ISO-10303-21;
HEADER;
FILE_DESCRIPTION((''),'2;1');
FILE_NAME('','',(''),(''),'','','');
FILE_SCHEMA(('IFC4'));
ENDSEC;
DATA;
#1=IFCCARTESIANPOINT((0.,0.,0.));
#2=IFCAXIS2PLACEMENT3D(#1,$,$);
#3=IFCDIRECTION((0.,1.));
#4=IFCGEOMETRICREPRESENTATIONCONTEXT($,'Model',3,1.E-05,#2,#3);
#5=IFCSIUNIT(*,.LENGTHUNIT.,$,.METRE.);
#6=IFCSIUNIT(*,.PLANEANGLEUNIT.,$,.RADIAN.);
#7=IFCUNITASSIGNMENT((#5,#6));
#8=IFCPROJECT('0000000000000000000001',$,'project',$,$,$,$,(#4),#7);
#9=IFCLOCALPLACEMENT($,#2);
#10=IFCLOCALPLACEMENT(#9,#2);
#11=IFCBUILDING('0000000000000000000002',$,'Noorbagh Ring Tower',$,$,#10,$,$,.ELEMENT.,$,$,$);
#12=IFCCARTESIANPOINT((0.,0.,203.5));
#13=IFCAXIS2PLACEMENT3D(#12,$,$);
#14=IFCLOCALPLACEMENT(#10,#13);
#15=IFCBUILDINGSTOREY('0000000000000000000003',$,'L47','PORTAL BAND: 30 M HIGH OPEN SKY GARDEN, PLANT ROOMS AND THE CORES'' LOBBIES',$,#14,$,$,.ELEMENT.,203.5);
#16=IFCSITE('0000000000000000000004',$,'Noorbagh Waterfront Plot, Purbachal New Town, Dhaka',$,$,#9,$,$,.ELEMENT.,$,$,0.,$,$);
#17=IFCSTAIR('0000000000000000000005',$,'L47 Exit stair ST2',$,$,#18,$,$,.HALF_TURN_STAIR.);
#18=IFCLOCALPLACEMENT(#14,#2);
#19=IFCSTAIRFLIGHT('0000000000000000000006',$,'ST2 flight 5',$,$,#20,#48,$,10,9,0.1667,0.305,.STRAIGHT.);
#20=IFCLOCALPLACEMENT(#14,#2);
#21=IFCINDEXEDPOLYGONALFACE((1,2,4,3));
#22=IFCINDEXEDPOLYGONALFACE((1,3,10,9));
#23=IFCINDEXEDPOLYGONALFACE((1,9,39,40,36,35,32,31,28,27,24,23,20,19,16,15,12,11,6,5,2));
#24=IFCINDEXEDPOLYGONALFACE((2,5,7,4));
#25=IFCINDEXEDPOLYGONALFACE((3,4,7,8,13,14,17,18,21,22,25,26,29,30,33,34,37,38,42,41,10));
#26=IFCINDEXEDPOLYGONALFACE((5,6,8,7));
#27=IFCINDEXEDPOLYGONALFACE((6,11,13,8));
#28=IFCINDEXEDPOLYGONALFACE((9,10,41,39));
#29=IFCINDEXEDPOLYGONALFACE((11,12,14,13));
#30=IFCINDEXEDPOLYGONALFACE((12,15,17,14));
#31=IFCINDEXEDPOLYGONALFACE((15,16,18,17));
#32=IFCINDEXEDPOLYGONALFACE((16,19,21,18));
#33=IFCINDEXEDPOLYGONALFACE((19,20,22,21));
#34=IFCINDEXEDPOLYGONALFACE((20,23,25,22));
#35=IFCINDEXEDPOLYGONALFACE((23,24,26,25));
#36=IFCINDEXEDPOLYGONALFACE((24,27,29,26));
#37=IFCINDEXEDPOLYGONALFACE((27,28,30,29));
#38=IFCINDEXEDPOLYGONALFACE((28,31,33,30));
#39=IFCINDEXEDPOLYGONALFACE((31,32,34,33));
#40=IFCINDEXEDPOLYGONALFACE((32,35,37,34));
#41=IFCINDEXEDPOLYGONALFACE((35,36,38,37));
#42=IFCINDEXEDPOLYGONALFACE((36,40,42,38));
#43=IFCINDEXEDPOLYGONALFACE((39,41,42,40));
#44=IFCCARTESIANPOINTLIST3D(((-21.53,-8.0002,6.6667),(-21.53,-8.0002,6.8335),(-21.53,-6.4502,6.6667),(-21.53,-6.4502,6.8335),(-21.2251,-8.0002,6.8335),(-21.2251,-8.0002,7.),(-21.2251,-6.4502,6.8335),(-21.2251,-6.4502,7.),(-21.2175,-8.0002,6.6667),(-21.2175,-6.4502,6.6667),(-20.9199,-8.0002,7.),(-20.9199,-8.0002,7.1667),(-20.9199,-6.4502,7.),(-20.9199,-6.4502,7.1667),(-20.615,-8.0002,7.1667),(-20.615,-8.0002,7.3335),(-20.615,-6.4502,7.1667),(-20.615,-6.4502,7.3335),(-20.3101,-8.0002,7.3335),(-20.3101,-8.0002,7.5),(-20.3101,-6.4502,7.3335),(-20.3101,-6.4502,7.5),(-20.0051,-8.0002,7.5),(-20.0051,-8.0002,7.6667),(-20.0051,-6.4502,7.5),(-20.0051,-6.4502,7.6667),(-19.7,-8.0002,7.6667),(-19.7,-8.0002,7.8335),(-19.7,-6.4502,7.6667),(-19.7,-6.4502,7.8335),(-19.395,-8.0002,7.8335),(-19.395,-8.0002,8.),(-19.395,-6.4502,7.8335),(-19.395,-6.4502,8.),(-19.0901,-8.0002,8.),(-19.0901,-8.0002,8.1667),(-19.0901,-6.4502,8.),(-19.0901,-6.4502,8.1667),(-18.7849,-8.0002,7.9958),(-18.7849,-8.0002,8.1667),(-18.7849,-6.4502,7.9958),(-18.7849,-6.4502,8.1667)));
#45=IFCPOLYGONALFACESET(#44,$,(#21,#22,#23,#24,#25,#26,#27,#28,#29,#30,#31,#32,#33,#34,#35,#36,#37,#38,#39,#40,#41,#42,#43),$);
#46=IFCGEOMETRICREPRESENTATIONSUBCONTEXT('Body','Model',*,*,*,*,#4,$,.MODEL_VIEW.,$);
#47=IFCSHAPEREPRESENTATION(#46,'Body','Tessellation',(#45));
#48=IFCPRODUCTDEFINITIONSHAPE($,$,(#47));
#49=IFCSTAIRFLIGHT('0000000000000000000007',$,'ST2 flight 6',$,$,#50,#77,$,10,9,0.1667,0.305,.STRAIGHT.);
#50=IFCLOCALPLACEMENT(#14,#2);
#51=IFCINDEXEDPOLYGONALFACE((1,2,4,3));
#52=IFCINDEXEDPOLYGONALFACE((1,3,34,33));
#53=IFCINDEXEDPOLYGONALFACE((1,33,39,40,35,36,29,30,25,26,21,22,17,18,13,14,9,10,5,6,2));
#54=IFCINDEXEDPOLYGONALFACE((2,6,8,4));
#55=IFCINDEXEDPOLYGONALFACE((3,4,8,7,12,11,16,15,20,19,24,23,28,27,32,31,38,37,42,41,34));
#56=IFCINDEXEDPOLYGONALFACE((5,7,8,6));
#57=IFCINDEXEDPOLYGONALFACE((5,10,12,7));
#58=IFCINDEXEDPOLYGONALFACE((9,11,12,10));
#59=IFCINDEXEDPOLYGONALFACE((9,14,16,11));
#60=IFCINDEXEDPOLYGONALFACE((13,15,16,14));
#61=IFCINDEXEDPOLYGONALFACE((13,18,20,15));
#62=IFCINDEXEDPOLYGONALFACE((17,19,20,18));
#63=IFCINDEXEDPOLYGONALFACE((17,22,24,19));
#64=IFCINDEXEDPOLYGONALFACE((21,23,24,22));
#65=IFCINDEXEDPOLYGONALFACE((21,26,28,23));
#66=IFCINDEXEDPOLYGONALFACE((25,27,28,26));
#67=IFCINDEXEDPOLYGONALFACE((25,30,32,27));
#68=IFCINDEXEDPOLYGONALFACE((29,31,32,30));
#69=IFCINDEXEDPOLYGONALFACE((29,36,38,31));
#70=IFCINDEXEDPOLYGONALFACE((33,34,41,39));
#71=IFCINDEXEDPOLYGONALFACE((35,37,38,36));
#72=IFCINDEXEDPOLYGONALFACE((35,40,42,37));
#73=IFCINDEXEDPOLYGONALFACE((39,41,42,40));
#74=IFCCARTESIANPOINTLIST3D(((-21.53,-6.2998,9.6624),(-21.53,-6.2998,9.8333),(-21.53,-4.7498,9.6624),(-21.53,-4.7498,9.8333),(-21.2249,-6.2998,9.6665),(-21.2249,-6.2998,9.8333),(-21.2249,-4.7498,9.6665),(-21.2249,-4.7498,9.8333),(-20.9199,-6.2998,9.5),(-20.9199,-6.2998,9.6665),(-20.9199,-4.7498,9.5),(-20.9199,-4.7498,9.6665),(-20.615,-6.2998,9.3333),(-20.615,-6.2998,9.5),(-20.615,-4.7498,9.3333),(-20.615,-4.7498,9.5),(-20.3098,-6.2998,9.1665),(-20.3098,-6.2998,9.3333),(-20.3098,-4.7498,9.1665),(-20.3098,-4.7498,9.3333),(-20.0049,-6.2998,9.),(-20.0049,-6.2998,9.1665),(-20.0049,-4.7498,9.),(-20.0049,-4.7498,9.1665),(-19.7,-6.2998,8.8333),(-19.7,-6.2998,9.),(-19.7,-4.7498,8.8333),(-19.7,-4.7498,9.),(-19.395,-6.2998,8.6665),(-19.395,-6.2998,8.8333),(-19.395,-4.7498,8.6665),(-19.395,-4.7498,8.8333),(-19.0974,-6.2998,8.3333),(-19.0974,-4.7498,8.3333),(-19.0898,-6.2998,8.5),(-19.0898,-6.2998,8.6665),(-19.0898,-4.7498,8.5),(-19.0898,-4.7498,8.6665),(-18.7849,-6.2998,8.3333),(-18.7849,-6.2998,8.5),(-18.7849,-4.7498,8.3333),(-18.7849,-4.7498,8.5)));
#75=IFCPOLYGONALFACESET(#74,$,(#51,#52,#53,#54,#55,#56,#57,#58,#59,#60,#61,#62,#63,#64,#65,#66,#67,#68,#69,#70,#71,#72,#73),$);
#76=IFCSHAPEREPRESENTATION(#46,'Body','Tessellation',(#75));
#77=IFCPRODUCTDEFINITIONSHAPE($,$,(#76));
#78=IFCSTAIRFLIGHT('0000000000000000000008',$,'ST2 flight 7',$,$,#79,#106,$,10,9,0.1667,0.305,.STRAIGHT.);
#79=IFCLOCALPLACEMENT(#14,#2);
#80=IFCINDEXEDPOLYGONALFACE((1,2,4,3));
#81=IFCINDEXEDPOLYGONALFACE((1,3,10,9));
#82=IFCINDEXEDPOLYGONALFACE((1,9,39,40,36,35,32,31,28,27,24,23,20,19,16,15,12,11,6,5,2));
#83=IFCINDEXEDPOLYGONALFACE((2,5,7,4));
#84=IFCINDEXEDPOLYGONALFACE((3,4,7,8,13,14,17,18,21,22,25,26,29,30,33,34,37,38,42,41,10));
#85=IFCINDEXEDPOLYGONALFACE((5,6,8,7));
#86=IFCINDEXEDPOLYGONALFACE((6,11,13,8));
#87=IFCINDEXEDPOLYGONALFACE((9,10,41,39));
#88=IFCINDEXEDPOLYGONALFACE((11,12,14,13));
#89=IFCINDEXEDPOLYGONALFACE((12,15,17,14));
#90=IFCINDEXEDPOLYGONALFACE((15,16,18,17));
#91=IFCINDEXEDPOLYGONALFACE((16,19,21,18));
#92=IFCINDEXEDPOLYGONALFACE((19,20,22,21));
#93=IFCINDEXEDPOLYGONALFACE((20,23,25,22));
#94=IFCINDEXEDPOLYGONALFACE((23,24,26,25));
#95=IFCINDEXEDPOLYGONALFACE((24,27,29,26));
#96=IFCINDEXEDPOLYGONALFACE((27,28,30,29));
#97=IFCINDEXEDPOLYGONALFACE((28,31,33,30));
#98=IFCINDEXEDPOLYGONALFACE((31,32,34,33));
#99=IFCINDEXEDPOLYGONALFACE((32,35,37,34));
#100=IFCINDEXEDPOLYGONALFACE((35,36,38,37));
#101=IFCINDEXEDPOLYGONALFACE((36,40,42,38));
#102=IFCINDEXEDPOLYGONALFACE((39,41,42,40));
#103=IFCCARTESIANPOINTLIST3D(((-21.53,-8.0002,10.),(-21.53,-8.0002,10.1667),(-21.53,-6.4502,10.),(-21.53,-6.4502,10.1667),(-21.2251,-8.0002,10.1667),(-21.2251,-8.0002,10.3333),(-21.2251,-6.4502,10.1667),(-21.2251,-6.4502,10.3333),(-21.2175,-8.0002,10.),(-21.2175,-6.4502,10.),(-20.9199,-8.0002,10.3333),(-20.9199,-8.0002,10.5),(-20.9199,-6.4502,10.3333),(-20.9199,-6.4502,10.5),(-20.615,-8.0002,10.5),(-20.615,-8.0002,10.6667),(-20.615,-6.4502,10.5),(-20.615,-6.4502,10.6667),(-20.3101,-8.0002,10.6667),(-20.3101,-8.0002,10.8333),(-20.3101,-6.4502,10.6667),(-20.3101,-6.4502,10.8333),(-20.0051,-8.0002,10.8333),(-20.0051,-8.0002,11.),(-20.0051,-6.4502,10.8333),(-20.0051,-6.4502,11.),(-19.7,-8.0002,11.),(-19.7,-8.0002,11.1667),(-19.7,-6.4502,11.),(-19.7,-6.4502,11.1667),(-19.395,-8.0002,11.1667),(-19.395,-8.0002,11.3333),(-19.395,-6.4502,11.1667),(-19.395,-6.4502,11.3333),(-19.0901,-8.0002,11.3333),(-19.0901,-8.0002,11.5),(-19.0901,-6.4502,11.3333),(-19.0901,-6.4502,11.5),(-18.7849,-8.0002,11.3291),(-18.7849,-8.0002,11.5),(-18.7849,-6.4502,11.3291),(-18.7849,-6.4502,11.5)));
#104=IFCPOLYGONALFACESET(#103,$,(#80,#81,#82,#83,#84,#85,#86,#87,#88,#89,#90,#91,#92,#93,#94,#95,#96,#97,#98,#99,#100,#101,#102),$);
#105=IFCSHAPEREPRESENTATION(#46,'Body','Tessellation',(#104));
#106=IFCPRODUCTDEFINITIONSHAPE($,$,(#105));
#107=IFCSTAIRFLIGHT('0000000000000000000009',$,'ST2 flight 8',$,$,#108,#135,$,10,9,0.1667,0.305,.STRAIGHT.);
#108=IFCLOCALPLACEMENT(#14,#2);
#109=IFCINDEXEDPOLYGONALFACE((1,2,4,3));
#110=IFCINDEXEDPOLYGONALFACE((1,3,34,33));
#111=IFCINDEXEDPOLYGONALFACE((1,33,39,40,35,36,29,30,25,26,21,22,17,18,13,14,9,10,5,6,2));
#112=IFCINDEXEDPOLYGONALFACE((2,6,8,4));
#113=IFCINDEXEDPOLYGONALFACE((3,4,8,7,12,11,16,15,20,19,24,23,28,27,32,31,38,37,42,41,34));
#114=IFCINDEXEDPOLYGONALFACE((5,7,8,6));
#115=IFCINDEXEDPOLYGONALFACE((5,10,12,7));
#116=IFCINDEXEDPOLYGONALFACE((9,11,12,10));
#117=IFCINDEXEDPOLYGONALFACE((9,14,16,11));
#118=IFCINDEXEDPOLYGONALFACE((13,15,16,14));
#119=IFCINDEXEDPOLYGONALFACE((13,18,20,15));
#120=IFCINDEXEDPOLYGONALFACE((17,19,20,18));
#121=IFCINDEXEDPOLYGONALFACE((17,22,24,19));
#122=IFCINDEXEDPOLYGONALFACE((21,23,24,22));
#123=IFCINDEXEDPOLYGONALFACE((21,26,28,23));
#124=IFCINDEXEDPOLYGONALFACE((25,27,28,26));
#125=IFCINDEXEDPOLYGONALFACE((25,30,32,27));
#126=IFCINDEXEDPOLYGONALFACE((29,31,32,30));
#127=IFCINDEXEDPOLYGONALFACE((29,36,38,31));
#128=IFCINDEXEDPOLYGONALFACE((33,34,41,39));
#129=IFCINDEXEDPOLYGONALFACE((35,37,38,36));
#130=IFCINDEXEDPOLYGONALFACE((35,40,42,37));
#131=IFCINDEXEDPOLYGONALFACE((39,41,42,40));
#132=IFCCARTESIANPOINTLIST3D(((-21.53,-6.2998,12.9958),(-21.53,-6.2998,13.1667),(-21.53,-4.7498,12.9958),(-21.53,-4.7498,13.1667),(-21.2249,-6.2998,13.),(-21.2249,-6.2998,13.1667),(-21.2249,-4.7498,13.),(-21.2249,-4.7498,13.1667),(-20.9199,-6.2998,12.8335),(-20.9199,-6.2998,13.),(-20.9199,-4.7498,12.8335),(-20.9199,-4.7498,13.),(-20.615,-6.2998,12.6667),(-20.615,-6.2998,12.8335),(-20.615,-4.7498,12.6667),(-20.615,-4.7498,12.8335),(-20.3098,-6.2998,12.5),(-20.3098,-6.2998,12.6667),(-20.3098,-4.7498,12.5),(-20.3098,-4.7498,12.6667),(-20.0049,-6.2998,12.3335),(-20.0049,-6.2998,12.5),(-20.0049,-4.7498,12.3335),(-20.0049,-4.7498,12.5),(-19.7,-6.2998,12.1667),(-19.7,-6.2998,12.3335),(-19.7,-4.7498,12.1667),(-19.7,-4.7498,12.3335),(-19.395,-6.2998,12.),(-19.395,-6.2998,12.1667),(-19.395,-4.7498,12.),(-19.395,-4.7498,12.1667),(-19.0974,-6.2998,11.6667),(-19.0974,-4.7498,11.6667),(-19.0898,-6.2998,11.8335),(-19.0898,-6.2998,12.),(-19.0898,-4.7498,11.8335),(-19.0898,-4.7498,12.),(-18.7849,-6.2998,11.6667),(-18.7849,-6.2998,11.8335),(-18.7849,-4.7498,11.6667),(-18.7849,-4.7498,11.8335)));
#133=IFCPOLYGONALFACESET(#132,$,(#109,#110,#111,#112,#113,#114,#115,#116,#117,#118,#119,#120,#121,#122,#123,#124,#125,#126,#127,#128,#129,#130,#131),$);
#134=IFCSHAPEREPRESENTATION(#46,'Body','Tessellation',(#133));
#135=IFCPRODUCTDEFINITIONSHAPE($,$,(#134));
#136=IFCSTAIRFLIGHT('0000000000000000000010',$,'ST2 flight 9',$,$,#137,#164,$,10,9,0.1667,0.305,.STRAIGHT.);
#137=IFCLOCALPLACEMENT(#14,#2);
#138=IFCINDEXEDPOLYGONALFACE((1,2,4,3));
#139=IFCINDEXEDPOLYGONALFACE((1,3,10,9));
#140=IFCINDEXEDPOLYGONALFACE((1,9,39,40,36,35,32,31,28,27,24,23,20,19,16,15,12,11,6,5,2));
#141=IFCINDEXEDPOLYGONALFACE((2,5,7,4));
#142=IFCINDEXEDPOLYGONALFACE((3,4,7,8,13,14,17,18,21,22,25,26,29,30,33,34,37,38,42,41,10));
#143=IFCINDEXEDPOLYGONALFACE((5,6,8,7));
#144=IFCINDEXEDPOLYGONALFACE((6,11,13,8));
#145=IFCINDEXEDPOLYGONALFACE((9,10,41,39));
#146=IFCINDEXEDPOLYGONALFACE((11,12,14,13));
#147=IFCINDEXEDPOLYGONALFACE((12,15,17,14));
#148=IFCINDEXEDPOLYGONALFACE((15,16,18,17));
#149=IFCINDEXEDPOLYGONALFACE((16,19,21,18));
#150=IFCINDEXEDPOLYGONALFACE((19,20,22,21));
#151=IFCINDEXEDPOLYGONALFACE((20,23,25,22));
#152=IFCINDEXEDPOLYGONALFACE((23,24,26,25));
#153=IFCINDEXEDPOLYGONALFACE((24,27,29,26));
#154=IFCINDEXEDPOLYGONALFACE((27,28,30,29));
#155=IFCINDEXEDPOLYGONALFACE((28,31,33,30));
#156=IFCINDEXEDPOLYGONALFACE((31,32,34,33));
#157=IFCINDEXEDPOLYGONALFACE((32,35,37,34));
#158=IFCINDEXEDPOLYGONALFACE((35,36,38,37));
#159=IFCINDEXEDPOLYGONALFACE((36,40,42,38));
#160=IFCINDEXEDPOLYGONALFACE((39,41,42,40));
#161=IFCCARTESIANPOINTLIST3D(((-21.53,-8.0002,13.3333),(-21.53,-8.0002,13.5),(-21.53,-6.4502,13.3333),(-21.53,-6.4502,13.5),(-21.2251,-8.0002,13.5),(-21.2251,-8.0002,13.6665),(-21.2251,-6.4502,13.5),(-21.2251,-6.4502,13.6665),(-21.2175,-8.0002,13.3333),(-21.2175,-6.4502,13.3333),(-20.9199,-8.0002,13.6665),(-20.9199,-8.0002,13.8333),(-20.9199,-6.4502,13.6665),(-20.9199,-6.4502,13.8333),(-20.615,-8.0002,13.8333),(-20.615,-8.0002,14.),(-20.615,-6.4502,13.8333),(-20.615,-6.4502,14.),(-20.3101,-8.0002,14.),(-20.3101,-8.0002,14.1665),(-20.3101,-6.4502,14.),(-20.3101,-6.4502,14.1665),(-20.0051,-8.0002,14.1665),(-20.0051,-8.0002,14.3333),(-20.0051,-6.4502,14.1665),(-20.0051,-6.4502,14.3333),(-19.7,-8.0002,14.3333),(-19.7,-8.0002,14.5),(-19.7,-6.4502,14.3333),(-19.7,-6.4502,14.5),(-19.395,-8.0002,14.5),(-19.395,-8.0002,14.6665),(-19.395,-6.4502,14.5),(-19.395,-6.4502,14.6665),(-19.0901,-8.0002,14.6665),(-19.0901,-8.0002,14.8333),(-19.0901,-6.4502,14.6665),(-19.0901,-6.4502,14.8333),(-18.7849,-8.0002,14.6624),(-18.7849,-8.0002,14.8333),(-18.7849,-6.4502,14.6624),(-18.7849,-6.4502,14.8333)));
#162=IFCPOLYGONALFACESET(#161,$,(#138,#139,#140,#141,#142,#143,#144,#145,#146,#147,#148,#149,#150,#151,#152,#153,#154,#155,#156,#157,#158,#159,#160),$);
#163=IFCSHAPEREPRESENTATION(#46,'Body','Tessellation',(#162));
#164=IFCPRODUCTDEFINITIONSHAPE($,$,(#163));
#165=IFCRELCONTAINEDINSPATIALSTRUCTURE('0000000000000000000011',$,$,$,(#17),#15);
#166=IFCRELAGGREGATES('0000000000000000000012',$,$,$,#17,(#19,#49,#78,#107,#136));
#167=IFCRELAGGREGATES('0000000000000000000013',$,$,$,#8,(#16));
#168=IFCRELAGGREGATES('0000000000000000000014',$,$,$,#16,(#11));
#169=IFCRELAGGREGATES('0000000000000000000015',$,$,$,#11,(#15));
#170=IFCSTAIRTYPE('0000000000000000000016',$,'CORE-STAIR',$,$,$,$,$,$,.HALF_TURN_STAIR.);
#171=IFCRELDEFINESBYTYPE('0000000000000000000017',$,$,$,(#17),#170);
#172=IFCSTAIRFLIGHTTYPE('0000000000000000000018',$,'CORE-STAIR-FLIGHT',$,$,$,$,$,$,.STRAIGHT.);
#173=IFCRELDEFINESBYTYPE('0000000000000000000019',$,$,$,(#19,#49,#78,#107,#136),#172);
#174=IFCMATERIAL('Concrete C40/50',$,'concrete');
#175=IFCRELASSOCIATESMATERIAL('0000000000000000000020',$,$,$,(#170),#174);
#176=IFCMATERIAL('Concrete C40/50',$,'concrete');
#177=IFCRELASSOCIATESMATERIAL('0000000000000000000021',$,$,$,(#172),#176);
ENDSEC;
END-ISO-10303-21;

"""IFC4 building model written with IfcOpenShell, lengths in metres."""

from ifc_helpers import new_model, si_unit, direction, frame, origin, place, context, subcontext, project, spatial, polyline, outline, extrude, material, type_object, element, aggregate, save


model = new_model("IFC4")

# Units and contexts
model_context = context("Model", 3, precision=1e-05, world=origin(), true_north=direction((0.0, 1.0)))
body_context = subcontext(model_context, "Body", "Model", "MODEL_VIEW")
ifc_project = project(units=[si_unit("LENGTHUNIT", "METRE"), si_unit("PLANEANGLEUNIT", "RADIAN")], contexts=[model_context])

# Site, building, storey
site_placement = place(None, origin())
site = spatial("IfcSite", under=ifc_project, at=site_placement, Name="Noorbagh Waterfront Plot, Purbachal New Town, Dhaka", CompositionType="ELEMENT", RefElevation=0.0)
building_placement = place(site_placement, origin())
building = spatial("IfcBuilding", under=site, at=building_placement, Name="Noorbagh Ring Tower", CompositionType="ELEMENT")
storey_placement = place(building_placement, frame((0.0, 0.0, 203.5)))
storey = spatial("IfcBuildingStorey", under=building, at=storey_placement, Name="L47", Description="PORTAL BAND: 30 M HIGH OPEN SKY GARDEN, PLANT ROOMS AND THE CORES' LOBBIES", CompositionType="ELEMENT", Elevation=203.5)

# Stair, stair flights
ifc_material_1 = material(Name="Concrete C40/50", Category="concrete")
stair_type = type_object("IfcStairType", Name="CORE-STAIR", PredefinedType="HALF_TURN_STAIR", material=ifc_material_1)
stair_placement = place(storey_placement, origin())
stair = element("IfcStair", 1, at=stair_placement, inside=storey, type_object=stair_type, Name="L47 Exit stair ST2", PredefinedType="HALF_TURN_STAIR")
ifc_material_2 = material(Name="Concrete C40/50", Category="concrete")
stair_flight_type = type_object("IfcStairFlightType", Name="CORE-STAIR-FLIGHT", PredefinedType="STRAIGHT", material=ifc_material_2)
stair_flight_1_placement = place(storey_placement, frame((-21.53, -7.2251, 6.6667), z_axis=(0.0, 0.0, 1.0), x_axis=(1.0, 0.0, 0.0)))
stair_flight_1 = element("IfcStairFlight", 2, at=stair_flight_1_placement, type_object=stair_flight_type, Name="ST2 flight 5", NumberOfRisers=10, NumberOfTreads=9, PredefinedType="STRAIGHT", RiserHeight=0.1667, TreadLength=0.305, context=body_context, shape_type="SweptSolid", body=[
    extrude(outline(polyline([(0.0, 0.0), (0.0, 0.1667), (0.3049, 0.1667), (0.3049, 0.3333), (0.6101, 0.3333), (0.6101, 0.5), (0.915, 0.5), (0.915, 0.6667), (1.22, 0.6667), (1.22, 0.8333), (1.5249, 0.8333), (1.5249, 1.0), (1.8301, 1.0), (1.8301, 1.1667), (2.135, 1.1667), (2.135, 1.3333), (2.4399, 1.3333), (2.4399, 1.5), (2.7451, 1.5), (2.7451, 1.6667), (2.7451, 1.3291), (0.3125, 0.0), (0.0, 0.0)])), frame((0.0, 0.7749, 0.0), z_axis=(0.0, -1.0, 0.0), x_axis=(1.0, 0.0, 0.0)), (0.0, 0.0, 1.0), 1.55),
])
stair_flight_2_placement = place(storey_placement, frame((-18.7849, -5.5249, 8.3333), z_axis=(0.0, 0.0, 1.0), x_axis=(-1.0, 0.0, 0.0)))
stair_flight_2 = element("IfcStairFlight", 3, at=stair_flight_2_placement, type_object=stair_flight_type, Name="ST2 flight 6", NumberOfRisers=10, NumberOfTreads=9, PredefinedType="STRAIGHT", RiserHeight=0.1667, TreadLength=0.305, context=body_context, shape_type="SweptSolid", body=[
    extrude(outline(polyline([(0.0, 0.0), (0.0, 0.1667), (0.3049, 0.1667), (0.3049, 0.3333), (0.6101, 0.3333), (0.6101, 0.5), (0.915, 0.5), (0.915, 0.6667), (1.22, 0.6667), (1.22, 0.8333), (1.5249, 0.8333), (1.5249, 1.0), (1.8301, 1.0), (1.8301, 1.1667), (2.135, 1.1667), (2.135, 1.3333), (2.4399, 1.3333), (2.4399, 1.5), (2.7451, 1.5), (2.7451, 1.6667), (2.7451, 1.3291), (0.3125, 0.0), (0.0, 0.0)])), frame((0.0, 0.7749, 0.0), z_axis=(0.0, -1.0, 0.0), x_axis=(1.0, 0.0, 0.0)), (0.0, 0.0, 1.0), 1.55),
])
stair_flight_3_placement = place(storey_placement, frame((-21.53, -7.2251, 10.0), z_axis=(0.0, 0.0, 1.0), x_axis=(1.0, 0.0, 0.0)))
stair_flight_3 = element("IfcStairFlight", 4, at=stair_flight_3_placement, type_object=stair_flight_type, Name="ST2 flight 7", NumberOfRisers=10, NumberOfTreads=9, PredefinedType="STRAIGHT", RiserHeight=0.1667, TreadLength=0.305, context=body_context, shape_type="SweptSolid", body=[
    extrude(outline(polyline([(0.0, 0.0), (0.0, 0.1667), (0.3049, 0.1667), (0.3049, 0.3333), (0.6101, 0.3333), (0.6101, 0.5), (0.915, 0.5), (0.915, 0.6667), (1.22, 0.6667), (1.22, 0.8333), (1.5249, 0.8333), (1.5249, 1.0), (1.8301, 1.0), (1.8301, 1.1667), (2.135, 1.1667), (2.135, 1.3333), (2.4399, 1.3333), (2.4399, 1.5), (2.7451, 1.5), (2.7451, 1.6667), (2.7451, 1.3291), (0.3125, 0.0), (0.0, 0.0)])), frame((0.0, 0.7749, 0.0), z_axis=(0.0, -1.0, 0.0), x_axis=(1.0, 0.0, 0.0)), (0.0, 0.0, 1.0), 1.55),
])
stair_flight_4_placement = place(storey_placement, frame((-18.7849, -5.5249, 11.6667), z_axis=(0.0, 0.0, 1.0), x_axis=(-1.0, 0.0, 0.0)))
stair_flight_4 = element("IfcStairFlight", 5, at=stair_flight_4_placement, type_object=stair_flight_type, Name="ST2 flight 8", NumberOfRisers=10, NumberOfTreads=9, PredefinedType="STRAIGHT", RiserHeight=0.1667, TreadLength=0.305, context=body_context, shape_type="SweptSolid", body=[
    extrude(outline(polyline([(0.0, 0.0), (0.0, 0.1667), (0.3049, 0.1667), (0.3049, 0.3333), (0.6101, 0.3333), (0.6101, 0.5), (0.915, 0.5), (0.915, 0.6667), (1.22, 0.6667), (1.22, 0.8333), (1.5249, 0.8333), (1.5249, 1.0), (1.8301, 1.0), (1.8301, 1.1667), (2.135, 1.1667), (2.135, 1.3333), (2.4399, 1.3333), (2.4399, 1.5), (2.7451, 1.5), (2.7451, 1.6667), (2.7451, 1.3291), (0.3125, 0.0), (0.0, 0.0)])), frame((0.0, 0.7749, 0.0), z_axis=(0.0, -1.0, 0.0), x_axis=(1.0, 0.0, 0.0)), (0.0, 0.0, 1.0), 1.55),
])
stair_flight_5_placement = place(storey_placement, frame((-21.53, -7.2251, 13.3333), z_axis=(0.0, 0.0, 1.0), x_axis=(1.0, 0.0, 0.0)))
stair_flight_5 = element("IfcStairFlight", 6, at=stair_flight_5_placement, type_object=stair_flight_type, Name="ST2 flight 9", NumberOfRisers=10, NumberOfTreads=9, PredefinedType="STRAIGHT", RiserHeight=0.1667, TreadLength=0.305, context=body_context, shape_type="SweptSolid", body=[
    extrude(outline(polyline([(0.0, 0.0), (0.0, 0.1667), (0.3049, 0.1667), (0.3049, 0.3333), (0.6101, 0.3333), (0.6101, 0.5), (0.915, 0.5), (0.915, 0.6667), (1.22, 0.6667), (1.22, 0.8333), (1.5249, 0.8333), (1.5249, 1.0), (1.8301, 1.0), (1.8301, 1.1667), (2.135, 1.1667), (2.135, 1.3333), (2.4399, 1.3333), (2.4399, 1.5), (2.7451, 1.5), (2.7451, 1.6667), (2.7451, 1.3291), (0.3125, 0.0), (0.0, 0.0)])), frame((0.0, 0.7749, 0.0), z_axis=(0.0, -1.0, 0.0), x_axis=(1.0, 0.0, 0.0)), (0.0, 0.0, 1.0), 1.55),
])
aggregate(stair, [stair_flight_1, stair_flight_2, stair_flight_3, stair_flight_4, stair_flight_5])

save(model, "model.ifc")
